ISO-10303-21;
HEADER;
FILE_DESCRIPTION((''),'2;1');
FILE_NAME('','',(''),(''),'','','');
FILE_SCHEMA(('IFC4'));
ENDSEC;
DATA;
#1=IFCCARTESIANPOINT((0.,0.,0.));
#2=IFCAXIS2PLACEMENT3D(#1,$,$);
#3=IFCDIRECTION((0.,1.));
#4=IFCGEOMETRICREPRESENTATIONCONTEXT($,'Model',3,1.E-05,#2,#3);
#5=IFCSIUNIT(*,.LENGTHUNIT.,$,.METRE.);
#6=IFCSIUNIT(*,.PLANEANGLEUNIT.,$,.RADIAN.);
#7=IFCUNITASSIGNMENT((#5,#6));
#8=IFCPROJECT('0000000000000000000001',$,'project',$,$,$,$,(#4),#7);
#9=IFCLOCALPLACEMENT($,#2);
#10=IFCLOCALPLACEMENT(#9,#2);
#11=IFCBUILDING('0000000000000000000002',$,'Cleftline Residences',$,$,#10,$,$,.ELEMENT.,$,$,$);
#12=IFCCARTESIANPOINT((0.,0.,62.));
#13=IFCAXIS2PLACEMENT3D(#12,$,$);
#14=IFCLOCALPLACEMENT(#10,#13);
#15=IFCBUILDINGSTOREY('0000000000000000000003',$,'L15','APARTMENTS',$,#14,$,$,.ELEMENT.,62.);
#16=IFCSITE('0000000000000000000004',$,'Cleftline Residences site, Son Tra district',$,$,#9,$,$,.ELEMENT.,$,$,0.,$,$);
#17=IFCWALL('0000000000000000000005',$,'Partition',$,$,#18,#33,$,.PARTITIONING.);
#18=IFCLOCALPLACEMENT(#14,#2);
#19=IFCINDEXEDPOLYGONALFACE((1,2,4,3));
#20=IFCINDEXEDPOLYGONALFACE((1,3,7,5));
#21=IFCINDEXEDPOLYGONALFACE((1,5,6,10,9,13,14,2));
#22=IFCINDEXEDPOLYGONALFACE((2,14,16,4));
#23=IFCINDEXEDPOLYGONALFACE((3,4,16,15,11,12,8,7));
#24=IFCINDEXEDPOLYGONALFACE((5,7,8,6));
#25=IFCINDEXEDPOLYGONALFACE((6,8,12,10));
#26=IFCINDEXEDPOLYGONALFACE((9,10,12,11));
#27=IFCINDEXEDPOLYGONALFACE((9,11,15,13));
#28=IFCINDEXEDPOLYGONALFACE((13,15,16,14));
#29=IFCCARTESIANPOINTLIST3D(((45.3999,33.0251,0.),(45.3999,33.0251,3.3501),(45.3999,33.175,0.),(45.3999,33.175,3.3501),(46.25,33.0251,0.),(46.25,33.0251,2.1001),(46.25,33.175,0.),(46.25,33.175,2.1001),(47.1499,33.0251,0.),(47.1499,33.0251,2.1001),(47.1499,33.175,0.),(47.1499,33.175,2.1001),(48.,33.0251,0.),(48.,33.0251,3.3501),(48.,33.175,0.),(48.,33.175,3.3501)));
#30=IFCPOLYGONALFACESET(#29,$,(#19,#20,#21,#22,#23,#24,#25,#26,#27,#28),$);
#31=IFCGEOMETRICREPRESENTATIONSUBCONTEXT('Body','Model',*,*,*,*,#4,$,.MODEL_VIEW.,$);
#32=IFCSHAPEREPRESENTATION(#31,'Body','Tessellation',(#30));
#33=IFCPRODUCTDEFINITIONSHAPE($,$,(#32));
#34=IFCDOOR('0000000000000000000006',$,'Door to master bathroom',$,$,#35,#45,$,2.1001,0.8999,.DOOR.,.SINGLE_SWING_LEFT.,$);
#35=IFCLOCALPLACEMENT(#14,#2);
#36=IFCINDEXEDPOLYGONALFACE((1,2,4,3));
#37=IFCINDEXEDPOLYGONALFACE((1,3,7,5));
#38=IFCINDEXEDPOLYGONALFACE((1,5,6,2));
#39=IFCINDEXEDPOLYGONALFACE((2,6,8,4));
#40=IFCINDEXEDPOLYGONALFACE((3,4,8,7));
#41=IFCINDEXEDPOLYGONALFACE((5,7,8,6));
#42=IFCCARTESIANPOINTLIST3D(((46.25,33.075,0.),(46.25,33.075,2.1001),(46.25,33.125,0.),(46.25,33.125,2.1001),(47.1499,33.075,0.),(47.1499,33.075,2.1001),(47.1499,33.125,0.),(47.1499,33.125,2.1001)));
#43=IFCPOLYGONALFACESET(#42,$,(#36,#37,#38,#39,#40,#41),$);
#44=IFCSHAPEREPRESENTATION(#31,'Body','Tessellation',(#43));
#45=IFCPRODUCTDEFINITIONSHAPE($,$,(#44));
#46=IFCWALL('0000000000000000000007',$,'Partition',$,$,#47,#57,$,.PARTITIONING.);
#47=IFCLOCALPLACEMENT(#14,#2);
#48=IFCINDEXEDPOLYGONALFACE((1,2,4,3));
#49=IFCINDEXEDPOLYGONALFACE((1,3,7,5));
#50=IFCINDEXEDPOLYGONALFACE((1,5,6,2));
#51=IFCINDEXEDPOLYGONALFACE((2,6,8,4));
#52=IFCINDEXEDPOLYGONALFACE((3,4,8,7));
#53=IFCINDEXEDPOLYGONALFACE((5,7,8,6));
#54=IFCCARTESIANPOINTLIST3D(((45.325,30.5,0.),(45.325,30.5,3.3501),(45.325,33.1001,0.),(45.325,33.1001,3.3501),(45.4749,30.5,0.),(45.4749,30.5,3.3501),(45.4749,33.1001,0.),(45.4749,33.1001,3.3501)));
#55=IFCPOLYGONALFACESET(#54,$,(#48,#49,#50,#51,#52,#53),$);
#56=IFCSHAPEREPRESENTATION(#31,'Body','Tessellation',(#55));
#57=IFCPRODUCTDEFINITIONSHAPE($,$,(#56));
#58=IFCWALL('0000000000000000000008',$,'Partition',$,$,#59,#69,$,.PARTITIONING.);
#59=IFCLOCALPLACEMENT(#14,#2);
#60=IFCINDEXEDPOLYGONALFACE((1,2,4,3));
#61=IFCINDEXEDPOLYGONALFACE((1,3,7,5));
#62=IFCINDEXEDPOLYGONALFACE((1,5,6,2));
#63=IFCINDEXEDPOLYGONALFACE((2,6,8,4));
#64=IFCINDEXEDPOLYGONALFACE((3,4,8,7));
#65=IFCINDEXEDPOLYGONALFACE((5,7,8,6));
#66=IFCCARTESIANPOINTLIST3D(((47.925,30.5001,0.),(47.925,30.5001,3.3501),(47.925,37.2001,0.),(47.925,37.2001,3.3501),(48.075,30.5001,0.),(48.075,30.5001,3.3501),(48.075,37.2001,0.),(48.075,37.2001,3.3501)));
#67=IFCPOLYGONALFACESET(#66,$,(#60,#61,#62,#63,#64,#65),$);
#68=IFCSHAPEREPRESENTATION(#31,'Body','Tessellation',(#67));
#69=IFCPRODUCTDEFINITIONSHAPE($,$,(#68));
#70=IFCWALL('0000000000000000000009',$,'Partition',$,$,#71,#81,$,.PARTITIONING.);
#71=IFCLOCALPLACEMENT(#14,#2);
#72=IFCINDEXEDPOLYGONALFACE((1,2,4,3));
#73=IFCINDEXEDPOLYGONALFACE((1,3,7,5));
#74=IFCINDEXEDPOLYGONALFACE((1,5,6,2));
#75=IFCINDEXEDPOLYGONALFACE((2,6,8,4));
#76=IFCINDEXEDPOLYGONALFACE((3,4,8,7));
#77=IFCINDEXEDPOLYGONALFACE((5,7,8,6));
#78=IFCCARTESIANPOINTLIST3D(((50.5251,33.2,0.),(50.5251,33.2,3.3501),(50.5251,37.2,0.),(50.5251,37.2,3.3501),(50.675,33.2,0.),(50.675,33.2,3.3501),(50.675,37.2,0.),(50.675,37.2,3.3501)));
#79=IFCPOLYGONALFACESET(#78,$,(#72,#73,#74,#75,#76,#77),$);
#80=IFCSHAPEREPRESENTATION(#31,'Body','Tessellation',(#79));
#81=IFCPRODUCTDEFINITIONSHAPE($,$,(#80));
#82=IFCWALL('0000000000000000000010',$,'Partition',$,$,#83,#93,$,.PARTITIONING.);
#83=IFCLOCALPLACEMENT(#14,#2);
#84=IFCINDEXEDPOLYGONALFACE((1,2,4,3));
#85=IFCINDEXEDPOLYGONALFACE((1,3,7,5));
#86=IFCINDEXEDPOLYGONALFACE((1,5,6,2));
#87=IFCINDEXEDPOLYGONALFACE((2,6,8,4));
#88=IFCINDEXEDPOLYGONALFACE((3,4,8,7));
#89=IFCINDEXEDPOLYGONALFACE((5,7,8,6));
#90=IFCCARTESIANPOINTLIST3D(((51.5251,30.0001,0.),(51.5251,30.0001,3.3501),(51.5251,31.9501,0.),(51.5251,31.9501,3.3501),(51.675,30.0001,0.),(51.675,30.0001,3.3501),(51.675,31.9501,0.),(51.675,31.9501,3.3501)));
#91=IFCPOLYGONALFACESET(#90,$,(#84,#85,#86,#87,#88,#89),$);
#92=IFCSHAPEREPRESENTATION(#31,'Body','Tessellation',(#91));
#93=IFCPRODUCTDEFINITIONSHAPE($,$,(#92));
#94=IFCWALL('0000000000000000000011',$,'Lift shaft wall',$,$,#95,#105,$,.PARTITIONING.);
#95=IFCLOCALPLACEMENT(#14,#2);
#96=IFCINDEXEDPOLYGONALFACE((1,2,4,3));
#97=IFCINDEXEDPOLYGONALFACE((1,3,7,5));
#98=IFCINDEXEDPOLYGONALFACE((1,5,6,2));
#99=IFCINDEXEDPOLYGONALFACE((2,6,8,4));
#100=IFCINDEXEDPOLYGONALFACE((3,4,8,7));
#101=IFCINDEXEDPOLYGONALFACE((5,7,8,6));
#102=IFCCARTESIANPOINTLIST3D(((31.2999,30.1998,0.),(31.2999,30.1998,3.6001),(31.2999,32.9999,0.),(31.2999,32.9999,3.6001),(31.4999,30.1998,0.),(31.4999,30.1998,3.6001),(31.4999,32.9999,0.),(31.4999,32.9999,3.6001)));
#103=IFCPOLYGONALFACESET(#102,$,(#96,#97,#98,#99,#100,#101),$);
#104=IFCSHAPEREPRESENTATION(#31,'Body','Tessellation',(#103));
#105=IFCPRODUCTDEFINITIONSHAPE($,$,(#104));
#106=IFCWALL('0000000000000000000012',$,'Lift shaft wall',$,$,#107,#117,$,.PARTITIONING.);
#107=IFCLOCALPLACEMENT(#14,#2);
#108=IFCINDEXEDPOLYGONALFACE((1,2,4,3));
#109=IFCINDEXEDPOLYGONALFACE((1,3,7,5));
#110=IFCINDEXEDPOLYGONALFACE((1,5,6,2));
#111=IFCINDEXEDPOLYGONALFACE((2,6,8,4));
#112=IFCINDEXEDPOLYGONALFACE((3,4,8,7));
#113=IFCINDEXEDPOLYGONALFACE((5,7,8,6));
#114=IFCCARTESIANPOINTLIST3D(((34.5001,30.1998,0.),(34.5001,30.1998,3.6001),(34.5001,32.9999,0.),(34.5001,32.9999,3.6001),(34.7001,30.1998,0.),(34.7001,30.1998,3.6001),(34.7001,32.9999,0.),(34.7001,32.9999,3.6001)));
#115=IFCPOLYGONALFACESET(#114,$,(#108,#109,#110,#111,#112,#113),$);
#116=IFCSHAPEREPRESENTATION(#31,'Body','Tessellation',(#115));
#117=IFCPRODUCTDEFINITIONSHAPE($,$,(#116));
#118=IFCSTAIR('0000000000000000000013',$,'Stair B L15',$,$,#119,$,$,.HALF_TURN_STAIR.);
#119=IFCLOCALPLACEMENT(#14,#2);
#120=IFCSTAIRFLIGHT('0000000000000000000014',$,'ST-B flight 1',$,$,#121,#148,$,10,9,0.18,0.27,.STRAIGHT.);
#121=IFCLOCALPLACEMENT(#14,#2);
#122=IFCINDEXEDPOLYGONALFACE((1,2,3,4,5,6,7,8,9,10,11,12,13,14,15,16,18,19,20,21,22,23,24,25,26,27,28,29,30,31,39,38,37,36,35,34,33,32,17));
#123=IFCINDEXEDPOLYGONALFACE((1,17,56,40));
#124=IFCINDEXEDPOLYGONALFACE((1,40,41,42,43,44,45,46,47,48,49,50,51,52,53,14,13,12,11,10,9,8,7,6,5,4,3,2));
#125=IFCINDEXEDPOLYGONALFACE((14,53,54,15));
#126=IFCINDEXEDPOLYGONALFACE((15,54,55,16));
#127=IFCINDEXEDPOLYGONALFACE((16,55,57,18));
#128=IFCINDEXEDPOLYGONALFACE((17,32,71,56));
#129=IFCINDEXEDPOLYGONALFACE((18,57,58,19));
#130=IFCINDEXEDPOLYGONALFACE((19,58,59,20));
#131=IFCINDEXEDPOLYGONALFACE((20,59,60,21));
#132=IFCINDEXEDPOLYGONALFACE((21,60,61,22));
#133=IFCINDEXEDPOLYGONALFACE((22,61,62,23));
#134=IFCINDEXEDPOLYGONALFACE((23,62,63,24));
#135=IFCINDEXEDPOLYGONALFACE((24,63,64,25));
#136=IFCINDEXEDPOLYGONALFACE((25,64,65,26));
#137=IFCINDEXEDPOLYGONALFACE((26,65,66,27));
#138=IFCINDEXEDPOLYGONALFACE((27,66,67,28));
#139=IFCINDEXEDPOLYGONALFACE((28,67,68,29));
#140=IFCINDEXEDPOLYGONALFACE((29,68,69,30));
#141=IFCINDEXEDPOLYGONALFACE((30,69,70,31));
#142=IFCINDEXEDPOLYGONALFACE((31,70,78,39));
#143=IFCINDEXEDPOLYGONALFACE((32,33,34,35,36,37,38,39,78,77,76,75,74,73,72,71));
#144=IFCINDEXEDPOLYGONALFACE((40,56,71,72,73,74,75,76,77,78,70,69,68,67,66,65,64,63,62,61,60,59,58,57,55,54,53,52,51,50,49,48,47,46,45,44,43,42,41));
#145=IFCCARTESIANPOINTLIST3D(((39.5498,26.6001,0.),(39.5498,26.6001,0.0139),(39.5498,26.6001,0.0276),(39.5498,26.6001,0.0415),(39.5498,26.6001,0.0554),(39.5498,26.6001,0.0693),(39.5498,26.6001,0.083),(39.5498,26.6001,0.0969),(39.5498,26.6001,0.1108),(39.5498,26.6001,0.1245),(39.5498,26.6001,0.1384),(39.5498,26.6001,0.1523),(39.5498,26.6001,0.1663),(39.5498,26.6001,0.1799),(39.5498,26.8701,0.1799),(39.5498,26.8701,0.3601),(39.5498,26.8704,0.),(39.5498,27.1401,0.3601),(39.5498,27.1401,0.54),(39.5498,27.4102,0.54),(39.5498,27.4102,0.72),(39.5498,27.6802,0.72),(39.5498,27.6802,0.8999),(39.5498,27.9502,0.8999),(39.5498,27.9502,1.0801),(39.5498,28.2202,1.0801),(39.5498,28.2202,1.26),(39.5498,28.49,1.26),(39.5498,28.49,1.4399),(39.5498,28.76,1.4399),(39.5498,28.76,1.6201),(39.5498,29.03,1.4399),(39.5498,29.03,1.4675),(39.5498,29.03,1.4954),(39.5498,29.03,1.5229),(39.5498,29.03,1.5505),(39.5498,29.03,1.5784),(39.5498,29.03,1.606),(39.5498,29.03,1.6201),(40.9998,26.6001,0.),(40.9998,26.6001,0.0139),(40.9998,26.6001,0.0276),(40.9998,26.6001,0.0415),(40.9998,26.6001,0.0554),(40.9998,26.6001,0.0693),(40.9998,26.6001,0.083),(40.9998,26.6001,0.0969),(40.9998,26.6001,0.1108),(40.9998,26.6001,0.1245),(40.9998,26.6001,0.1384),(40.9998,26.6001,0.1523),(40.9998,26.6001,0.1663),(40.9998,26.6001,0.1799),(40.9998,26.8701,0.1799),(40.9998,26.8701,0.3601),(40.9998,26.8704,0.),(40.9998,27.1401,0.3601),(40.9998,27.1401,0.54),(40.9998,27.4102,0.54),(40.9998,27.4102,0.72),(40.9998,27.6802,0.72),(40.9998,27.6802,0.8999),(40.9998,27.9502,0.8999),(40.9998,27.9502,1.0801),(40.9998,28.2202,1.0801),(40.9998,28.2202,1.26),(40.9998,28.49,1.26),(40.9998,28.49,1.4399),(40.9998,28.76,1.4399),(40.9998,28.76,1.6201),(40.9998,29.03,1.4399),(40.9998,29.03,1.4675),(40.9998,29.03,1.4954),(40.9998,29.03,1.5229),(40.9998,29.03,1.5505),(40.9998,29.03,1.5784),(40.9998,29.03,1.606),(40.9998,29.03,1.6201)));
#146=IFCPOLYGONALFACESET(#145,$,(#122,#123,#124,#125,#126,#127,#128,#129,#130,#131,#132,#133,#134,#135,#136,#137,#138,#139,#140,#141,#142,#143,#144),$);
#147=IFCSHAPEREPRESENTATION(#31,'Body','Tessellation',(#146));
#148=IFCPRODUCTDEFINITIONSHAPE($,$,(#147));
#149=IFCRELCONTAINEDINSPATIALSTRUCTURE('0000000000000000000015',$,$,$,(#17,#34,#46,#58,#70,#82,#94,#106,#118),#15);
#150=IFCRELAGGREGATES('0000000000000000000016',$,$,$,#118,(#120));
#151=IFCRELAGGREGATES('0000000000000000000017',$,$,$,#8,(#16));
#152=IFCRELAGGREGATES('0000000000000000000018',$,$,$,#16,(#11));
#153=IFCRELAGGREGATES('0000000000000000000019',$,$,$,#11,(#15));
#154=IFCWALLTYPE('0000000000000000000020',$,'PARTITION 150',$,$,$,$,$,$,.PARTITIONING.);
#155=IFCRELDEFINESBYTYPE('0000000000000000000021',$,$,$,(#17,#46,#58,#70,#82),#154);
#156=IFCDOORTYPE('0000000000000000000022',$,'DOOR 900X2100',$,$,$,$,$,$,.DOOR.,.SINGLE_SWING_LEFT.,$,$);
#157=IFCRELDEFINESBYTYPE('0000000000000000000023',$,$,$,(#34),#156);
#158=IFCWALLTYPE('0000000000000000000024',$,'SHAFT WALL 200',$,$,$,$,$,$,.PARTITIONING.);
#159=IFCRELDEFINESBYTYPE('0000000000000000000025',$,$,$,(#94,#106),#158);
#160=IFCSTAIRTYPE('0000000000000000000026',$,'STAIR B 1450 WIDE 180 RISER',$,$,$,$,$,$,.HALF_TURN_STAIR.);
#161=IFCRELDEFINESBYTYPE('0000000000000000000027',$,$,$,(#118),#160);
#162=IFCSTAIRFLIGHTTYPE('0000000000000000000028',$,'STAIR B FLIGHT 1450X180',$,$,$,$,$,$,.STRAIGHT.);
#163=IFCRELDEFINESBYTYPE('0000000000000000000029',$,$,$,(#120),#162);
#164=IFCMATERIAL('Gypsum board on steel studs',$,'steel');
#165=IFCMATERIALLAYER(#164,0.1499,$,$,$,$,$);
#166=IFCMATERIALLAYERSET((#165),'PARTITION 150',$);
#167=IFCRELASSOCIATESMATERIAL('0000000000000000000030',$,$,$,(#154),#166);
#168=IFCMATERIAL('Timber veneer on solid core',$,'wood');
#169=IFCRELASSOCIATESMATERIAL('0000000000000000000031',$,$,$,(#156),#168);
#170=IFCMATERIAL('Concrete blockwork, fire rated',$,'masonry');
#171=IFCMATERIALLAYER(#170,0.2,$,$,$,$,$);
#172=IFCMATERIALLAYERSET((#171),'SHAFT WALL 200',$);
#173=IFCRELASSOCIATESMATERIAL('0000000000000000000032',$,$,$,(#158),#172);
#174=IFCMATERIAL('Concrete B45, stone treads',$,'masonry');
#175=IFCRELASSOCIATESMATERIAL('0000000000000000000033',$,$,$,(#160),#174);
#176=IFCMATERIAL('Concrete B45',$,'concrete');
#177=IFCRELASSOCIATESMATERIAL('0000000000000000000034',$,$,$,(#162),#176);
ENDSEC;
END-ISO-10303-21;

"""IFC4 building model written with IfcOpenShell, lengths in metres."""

from ifc_helpers import new_model, si_unit, direction, frame, frame_2d, origin, place, context, subcontext, project, spatial, polyline, rectangle, outline, extrude, material, layer, layer_set, type_object, element, fill, aggregate, save


model = new_model("IFC4")

# Units and contexts
model_context = context("Model", 3, precision=1e-05, world=origin(), true_north=direction((0.0, 1.0)))
body_context = subcontext(model_context, "Body", "Model", "MODEL_VIEW")
ifc_project = project(units=[si_unit("LENGTHUNIT", "METRE"), si_unit("PLANEANGLEUNIT", "RADIAN")], contexts=[model_context])

# Site, building, storey
site_placement = place(None, origin())
site = spatial("IfcSite", under=ifc_project, at=site_placement, Name="Cleftline Residences site, Son Tra district", CompositionType="ELEMENT", RefElevation=0.0)
building_placement = place(site_placement, origin())
building = spatial("IfcBuilding", under=site, at=building_placement, Name="Cleftline Residences", CompositionType="ELEMENT")
storey_placement = place(building_placement, frame((0.0, 0.0, 62.0)))
storey = spatial("IfcBuildingStorey", under=building, at=storey_placement, Name="L15", Description="APARTMENTS", CompositionType="ELEMENT", Elevation=62.0)

# Shared definitions
ifc_material_1 = material(Name="Gypsum board on steel studs", Category="steel")
ifc_layer_1 = layer(ifc_material_1, 0.1499)
ifc_layer_set_1 = layer_set([ifc_layer_1], Name="PARTITION 150")
wall_type_1 = type_object("IfcWallType", Name="PARTITION 150", PredefinedType="PARTITIONING", material=ifc_layer_set_1)
ifc_material_2 = material(Name="Timber veneer on solid core", Category="wood")
door_type_1 = type_object("IfcDoorType", Name="DOOR 900X2100", OperationType="SINGLE_SWING_LEFT", PredefinedType="DOOR", material=ifc_material_2)

# Wall, opening, door
wall_1_placement = place(storey_placement, frame((45.3999, 33.1001, 0.0), z_axis=(0.0, 0.0, 1.0), x_axis=(1.0, 0.0, 0.0)))
wall_1 = element("IfcWall", 1, at=wall_1_placement, inside=storey, type_object=wall_type_1, Name="Partition", PredefinedType="PARTITIONING", context=body_context, shape_type="SweptSolid", body=[
    extrude(rectangle(XDim=2.6001, YDim=0.1499, at=frame_2d((1.3, 0.0))), origin(), (0.0, 0.0, 1.0), 3.3501),
])
opening_1_placement = place(wall_1_placement, frame((0.8501, 0.0, 0.0)))
opening_1 = element("IfcOpeningElement", 2, at=opening_1_placement, cuts=wall_1, PredefinedType="OPENING", context=body_context, shape_type="SweptSolid", body=[
    extrude(rectangle(XDim=0.8999, YDim=2.1001, at=frame_2d((0.45, 1.05))), frame((0.0, 0.085, 0.0), z_axis=(0.0, -1.0, 0.0), x_axis=(1.0, 0.0, 0.0)), (0.0, 0.0, 1.0), 0.1699),
])
door_1_placement = place(opening_1_placement, origin())
door_1 = element("IfcDoor", 3, at=door_1_placement, inside=storey, type_object=door_type_1, Name="Door to master bathroom", OperationType="SINGLE_SWING_LEFT", OverallHeight=2.1001, OverallWidth=0.8999, PredefinedType="DOOR", context=body_context, shape_type="SweptSolid", body=[
    extrude(rectangle(XDim=0.8999, YDim=2.1001, at=frame_2d((0.45, 1.05))), frame((0.0, 0.0249, 0.0), z_axis=(0.0, -1.0, 0.0), x_axis=(1.0, 0.0, 0.0)), (0.0, 0.0, 1.0), 0.05),
])
fill(opening_1, door_1)

# Walls
wall_2_placement = place(storey_placement, frame((45.3999, 30.5, 0.0), z_axis=(0.0, 0.0, 1.0), x_axis=(0.0, 1.0, 0.0)))
element("IfcWall", 4, at=wall_2_placement, inside=storey, type_object=wall_type_1, Name="Partition", PredefinedType="PARTITIONING", context=body_context, shape_type="SweptSolid", body=[
    extrude(rectangle(XDim=2.6001, YDim=0.1499, at=frame_2d((1.3, 0.0))), origin(), (0.0, 0.0, 1.0), 3.3501),
])
wall_3_placement = place(storey_placement, frame((48.0, 30.5, 0.0), z_axis=(0.0, 0.0, 1.0), x_axis=(0.0, 1.0, 0.0)))
element("IfcWall", 5, at=wall_3_placement, inside=storey, type_object=wall_type_1, Name="Partition", PredefinedType="PARTITIONING", context=body_context, shape_type="SweptSolid", body=[
    extrude(rectangle(XDim=6.7, YDim=0.1499, at=frame_2d((3.3501, 0.0))), origin(), (0.0, 0.0, 1.0), 3.3501),
])
wall_4_placement = place(storey_placement, frame((50.6001, 33.2, 0.0), z_axis=(0.0, 0.0, 1.0), x_axis=(0.0, 1.0, 0.0)))
element("IfcWall", 6, at=wall_4_placement, inside=storey, type_object=wall_type_1, Name="Partition", PredefinedType="PARTITIONING", context=body_context, shape_type="SweptSolid", body=[
    extrude(rectangle(XDim=4.0, YDim=0.1499, at=frame_2d((2.0, 0.0))), origin(), (0.0, 0.0, 1.0), 3.3501),
])
wall_5_placement = place(storey_placement, frame((51.6001, 30.0, 0.0), z_axis=(0.0, 0.0, 1.0), x_axis=(0.0, 1.0, 0.0)))
element("IfcWall", 7, at=wall_5_placement, inside=storey, type_object=wall_type_1, Name="Partition", PredefinedType="PARTITIONING", context=body_context, shape_type="SweptSolid", body=[
    extrude(rectangle(XDim=1.95, YDim=0.1499, at=frame_2d((0.9751, 0.0))), origin(), (0.0, 0.0, 1.0), 3.3501),
])
ifc_material_3 = material(Name="Concrete blockwork, fire rated", Category="masonry")
ifc_layer_2 = layer(ifc_material_3, 0.2)
ifc_layer_set_2 = layer_set([ifc_layer_2], Name="SHAFT WALL 200")
wall_type_2 = type_object("IfcWallType", Name="SHAFT WALL 200", PredefinedType="PARTITIONING", material=ifc_layer_set_2)
for number, where, z_axis, x_axis, name in (
    (8, (31.3999, 30.2, 0.0), (0.0, 0.0, 1.0), (0.0, 1.0, 0.0), "Lift shaft wall"),
    (9, (34.6001, 30.2, 0.0), (0.0, 0.0, 1.0), (0.0, 1.0, 0.0), "Lift shaft wall"),
):
    element("IfcWall", number, at=place(storey_placement, frame(where, z_axis=z_axis, x_axis=x_axis)), inside=storey, type_object=wall_type_2, Name=name, PredefinedType="PARTITIONING", context=body_context, shape_type="SweptSolid", body=[
        extrude(rectangle(XDim=2.8, YDim=0.2, at=frame_2d((1.3999, 0.0))), origin(), (0.0, 0.0, 1.0), 3.6001),
    ])

# Stair, stair flight
ifc_material_4 = material(Name="Concrete B45, stone treads", Category="masonry")
stair_type = type_object("IfcStairType", Name="STAIR B 1450 WIDE 180 RISER", PredefinedType="HALF_TURN_STAIR", material=ifc_material_4)
stair_placement = place(storey_placement, origin())
stair = element("IfcStair", 10, at=stair_placement, inside=storey, type_object=stair_type, Name="Stair B L15", PredefinedType="HALF_TURN_STAIR")
ifc_material_5 = material(Name="Concrete B45", Category="concrete")
stair_flight_type = type_object("IfcStairFlightType", Name="STAIR B FLIGHT 1450X180", PredefinedType="STRAIGHT", material=ifc_material_5)
stair_flight_1_placement = place(storey_placement, frame((40.2749, 26.6001, 0.0), z_axis=(0.0, 0.0, 1.0), x_axis=(0.0, 1.0, 0.0)))
stair_flight_1 = element("IfcStairFlight", 11, at=stair_flight_1_placement, type_object=stair_flight_type, Name="ST-B flight 1", NumberOfRisers=10, NumberOfTreads=9, PredefinedType="STRAIGHT", RiserHeight=0.18, TreadLength=0.27, context=body_context, shape_type="SweptSolid", body=[
    extrude(outline(polyline([(0.0, 0.0), (0.0, 0.0139), (0.0, 0.0276), (0.0, 0.0415), (0.0, 0.0554), (0.0, 0.0693), (0.0, 0.083), (0.0, 0.0969), (0.0, 0.1108), (0.0, 0.1245), (0.0, 0.1384), (0.0, 0.1523), (0.0, 0.1663), (0.0, 0.1799), (0.27, 0.1799), (0.27, 0.3601), (0.54, 0.3601), (0.54, 0.54), (0.8101, 0.54), (0.8101, 0.72), (1.0801, 0.72), (1.0801, 0.8999), (1.3501, 0.8999), (1.3501, 1.0801), (1.6201, 1.0801), (1.6201, 1.26), (1.8899, 1.26), (1.8899, 1.4399), (2.1599, 1.4399), (2.1599, 1.6201), (2.4299, 1.6201), (2.4299, 1.8), (2.4299, 1.7722), (2.4299, 1.7446), (2.4299, 1.7168), (2.4299, 1.6892), (2.4299, 1.6614), (2.4299, 1.6338), (2.4299, 1.606), (2.4299, 1.5784), (2.4299, 1.5505), (2.4299, 1.5229), (2.4299, 1.4954), (2.4299, 1.4675), (2.4299, 1.4399), (0.2703, 0.0), (0.0, 0.0)])), frame((0.0, 0.7251, 0.0), z_axis=(0.0, -1.0, 0.0), x_axis=(1.0, 0.0, 0.0)), (0.0, 0.0, 1.0), 1.45),
])
aggregate(stair, [stair_flight_1])

save(model, "model.ifc")
